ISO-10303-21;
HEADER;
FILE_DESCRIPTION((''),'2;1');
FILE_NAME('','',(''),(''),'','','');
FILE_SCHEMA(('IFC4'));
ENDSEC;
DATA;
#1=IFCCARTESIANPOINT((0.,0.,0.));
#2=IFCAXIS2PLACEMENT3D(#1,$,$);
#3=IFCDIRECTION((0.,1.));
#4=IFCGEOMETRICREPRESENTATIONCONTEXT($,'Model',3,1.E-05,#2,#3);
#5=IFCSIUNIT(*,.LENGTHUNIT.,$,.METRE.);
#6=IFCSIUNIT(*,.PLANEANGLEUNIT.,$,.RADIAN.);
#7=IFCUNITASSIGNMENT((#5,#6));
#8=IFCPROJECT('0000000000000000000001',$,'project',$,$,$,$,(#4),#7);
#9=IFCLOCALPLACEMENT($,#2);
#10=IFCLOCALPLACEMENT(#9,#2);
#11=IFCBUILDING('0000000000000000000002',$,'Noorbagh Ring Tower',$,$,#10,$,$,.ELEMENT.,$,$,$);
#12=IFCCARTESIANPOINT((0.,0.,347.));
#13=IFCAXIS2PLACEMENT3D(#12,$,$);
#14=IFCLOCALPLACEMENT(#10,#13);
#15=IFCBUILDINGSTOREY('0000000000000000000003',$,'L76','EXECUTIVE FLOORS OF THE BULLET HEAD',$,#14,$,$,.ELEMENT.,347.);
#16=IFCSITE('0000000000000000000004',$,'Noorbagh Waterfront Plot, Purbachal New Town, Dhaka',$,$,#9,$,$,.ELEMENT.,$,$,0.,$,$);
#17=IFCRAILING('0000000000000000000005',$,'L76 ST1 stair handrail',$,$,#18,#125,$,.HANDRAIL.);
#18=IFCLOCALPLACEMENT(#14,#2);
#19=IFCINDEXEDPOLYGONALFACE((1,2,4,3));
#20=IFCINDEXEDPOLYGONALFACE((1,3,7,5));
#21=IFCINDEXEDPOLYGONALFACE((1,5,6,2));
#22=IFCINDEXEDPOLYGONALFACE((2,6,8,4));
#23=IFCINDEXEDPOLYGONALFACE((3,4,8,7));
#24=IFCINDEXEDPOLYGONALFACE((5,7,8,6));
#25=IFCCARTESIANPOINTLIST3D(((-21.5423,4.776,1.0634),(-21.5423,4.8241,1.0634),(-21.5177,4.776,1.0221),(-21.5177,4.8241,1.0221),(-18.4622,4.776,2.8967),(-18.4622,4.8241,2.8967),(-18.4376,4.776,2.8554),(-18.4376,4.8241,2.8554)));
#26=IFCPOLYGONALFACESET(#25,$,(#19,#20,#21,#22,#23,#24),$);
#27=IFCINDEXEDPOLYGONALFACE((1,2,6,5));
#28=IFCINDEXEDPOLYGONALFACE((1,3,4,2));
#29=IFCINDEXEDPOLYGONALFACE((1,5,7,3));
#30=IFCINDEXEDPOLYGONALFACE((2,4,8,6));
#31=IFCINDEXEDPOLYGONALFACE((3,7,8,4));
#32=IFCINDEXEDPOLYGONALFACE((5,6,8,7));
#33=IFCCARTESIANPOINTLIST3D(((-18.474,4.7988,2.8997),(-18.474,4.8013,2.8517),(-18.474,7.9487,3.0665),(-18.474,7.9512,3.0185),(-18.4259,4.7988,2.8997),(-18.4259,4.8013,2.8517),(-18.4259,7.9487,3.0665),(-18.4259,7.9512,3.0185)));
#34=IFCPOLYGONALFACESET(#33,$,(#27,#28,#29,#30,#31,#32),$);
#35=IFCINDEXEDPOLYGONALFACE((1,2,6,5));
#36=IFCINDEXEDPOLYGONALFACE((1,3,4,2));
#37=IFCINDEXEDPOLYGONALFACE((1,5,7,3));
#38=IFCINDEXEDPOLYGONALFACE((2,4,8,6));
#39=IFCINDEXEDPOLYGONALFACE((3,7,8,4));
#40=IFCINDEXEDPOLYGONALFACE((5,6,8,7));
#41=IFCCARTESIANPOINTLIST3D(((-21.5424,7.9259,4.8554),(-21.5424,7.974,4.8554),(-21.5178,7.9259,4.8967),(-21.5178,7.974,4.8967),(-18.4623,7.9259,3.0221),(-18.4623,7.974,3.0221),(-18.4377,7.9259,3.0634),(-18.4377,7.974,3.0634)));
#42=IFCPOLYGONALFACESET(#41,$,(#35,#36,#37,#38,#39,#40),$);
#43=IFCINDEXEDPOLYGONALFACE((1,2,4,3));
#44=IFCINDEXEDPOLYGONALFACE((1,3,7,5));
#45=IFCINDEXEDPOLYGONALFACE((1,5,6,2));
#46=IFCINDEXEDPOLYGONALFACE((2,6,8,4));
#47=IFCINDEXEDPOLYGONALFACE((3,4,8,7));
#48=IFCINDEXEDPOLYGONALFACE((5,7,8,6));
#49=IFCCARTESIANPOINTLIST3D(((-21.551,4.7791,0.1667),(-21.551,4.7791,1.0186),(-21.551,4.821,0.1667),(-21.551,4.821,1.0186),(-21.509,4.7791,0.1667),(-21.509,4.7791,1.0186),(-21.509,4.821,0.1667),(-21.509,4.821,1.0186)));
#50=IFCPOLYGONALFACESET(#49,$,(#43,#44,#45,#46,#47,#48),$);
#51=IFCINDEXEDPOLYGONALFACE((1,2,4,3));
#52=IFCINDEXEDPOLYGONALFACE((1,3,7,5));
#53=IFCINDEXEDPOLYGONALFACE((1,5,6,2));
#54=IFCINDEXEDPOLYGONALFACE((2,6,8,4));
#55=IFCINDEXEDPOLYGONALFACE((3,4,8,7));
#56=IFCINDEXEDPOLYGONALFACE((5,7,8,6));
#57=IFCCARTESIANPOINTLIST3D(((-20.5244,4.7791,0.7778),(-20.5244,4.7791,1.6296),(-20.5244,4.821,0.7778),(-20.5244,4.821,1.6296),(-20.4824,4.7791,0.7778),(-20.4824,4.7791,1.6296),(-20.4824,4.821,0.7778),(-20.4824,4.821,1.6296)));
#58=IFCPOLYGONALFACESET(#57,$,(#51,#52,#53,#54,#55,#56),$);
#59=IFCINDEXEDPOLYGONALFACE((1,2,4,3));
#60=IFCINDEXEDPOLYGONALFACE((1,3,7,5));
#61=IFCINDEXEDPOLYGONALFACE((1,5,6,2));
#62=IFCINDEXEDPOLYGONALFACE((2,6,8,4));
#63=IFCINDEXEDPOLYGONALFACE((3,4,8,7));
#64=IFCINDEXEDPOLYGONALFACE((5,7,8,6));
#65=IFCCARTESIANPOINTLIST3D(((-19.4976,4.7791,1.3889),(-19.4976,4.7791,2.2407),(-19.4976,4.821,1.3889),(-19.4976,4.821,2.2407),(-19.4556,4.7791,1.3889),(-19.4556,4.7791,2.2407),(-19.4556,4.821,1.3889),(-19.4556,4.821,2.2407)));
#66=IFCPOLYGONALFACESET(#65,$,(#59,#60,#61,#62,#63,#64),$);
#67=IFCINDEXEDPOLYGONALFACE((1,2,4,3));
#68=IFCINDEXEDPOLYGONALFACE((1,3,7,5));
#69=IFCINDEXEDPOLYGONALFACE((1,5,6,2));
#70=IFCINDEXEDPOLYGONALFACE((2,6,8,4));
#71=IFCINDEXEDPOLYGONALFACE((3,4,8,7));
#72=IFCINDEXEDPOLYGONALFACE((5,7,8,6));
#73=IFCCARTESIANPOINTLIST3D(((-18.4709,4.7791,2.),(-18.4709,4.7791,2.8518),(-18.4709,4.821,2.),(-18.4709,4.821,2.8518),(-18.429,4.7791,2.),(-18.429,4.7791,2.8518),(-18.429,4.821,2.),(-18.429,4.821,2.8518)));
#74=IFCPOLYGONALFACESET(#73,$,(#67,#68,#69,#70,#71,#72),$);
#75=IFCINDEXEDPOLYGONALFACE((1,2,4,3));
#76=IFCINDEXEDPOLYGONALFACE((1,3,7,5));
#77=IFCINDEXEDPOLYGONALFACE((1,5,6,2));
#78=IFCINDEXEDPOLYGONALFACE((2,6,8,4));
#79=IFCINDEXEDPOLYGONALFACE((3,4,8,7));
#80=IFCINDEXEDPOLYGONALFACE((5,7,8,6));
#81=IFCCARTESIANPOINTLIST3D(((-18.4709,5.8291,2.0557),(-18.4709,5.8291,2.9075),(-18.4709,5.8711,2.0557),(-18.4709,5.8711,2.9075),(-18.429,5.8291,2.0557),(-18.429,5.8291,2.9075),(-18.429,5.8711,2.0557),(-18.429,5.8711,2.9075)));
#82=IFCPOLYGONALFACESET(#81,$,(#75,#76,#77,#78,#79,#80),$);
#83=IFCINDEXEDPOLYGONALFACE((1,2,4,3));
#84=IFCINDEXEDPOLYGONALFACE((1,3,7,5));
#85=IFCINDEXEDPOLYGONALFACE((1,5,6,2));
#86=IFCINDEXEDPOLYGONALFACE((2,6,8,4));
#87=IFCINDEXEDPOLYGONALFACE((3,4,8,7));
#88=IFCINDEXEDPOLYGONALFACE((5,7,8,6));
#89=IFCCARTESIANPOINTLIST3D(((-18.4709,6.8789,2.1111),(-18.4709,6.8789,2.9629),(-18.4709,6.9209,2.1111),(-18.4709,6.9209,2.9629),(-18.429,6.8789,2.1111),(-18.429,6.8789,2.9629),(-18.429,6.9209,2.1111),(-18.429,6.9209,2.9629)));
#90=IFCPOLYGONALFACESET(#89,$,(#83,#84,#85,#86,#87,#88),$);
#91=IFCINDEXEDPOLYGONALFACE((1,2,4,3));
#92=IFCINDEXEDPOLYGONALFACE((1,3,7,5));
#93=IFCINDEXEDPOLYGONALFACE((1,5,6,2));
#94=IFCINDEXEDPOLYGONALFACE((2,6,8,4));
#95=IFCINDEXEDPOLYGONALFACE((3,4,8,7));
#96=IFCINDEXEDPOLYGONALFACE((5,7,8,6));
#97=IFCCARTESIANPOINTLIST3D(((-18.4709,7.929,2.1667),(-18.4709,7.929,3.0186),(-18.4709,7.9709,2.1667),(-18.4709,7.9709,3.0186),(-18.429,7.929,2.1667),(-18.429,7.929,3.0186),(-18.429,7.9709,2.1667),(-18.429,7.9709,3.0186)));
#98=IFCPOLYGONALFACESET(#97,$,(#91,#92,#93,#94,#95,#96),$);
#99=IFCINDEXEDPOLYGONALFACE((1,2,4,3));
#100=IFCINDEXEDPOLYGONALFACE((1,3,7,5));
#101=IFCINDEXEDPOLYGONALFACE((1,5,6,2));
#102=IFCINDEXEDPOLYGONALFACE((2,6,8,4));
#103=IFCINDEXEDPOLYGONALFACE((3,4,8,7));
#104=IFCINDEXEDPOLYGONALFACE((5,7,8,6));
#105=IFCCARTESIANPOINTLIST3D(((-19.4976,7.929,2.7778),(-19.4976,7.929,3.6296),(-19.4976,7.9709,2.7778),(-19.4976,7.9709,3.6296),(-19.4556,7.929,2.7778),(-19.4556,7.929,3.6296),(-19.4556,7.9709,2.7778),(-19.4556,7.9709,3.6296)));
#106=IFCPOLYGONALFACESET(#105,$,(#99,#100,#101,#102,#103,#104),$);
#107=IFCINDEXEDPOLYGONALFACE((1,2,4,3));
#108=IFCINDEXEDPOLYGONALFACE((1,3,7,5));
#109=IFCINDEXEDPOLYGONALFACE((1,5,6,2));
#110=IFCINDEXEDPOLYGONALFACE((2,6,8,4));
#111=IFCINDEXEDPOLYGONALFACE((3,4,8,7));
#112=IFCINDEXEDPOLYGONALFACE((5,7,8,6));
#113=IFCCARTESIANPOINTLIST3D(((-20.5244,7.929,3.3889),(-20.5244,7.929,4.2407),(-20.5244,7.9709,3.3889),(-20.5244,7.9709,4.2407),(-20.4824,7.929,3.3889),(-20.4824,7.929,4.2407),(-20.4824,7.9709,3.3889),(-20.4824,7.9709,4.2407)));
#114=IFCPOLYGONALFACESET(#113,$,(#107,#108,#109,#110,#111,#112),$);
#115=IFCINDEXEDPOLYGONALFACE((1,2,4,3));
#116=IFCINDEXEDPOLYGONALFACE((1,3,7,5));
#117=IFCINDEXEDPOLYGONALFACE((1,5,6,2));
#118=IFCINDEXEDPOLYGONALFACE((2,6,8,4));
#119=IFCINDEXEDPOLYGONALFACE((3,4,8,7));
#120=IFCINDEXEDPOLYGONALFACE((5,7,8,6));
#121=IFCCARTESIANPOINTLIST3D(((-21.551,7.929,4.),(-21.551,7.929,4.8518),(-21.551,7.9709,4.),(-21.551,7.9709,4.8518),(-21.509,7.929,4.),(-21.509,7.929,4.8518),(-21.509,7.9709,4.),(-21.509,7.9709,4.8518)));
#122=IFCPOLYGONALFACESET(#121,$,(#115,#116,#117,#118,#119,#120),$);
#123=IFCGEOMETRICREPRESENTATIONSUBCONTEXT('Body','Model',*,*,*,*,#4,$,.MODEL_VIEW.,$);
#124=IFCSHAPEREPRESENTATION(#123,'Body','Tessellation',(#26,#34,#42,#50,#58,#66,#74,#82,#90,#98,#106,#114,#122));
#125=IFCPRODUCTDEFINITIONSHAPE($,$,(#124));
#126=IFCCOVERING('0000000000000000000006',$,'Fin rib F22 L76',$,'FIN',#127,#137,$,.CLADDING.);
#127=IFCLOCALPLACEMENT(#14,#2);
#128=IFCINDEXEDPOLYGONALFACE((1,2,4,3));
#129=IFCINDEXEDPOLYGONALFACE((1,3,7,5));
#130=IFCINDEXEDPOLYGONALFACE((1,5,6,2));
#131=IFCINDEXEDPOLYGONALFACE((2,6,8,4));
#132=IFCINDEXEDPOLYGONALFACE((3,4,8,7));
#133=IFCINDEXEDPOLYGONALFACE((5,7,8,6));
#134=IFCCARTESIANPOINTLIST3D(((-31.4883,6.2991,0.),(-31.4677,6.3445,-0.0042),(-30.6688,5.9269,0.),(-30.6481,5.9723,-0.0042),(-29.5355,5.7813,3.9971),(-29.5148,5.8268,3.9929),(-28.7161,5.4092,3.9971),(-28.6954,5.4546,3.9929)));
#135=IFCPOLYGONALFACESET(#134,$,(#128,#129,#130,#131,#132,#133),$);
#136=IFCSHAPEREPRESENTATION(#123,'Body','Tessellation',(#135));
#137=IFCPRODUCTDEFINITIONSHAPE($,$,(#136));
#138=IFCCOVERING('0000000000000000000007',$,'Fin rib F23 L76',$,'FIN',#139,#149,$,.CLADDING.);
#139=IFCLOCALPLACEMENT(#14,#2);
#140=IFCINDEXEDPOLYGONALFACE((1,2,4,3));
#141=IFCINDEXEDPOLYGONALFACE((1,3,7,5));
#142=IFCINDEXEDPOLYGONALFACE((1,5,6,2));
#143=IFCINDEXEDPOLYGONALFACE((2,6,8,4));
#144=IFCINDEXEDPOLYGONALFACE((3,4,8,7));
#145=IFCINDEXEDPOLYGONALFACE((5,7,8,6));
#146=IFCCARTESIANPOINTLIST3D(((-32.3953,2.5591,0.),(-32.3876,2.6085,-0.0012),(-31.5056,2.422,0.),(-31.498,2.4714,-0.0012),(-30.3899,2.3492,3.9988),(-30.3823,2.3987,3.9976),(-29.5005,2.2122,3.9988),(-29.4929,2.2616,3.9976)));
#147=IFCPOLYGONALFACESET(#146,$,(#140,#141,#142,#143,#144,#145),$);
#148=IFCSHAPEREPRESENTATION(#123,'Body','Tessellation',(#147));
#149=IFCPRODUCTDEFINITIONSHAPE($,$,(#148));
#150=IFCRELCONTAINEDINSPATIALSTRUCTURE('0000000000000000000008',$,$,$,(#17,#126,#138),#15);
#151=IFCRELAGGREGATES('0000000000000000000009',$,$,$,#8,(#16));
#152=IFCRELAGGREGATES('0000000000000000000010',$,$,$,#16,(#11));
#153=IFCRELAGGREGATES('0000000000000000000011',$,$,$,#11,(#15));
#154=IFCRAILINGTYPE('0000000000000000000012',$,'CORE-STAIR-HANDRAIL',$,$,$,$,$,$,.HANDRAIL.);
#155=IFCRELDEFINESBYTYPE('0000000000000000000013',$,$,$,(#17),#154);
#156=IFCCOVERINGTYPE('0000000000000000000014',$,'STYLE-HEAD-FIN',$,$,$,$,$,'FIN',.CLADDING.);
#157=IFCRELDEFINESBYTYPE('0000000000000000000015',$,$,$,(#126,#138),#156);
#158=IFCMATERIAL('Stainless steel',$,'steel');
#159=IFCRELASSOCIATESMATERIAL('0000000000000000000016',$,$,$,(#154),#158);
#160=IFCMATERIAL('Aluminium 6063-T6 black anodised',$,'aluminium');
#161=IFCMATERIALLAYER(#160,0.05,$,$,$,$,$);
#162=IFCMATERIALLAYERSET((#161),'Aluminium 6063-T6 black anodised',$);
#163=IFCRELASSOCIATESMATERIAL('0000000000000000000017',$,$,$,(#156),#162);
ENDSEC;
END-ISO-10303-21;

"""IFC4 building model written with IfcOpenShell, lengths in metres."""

from ifc_helpers import new_model, si_unit, direction, frame, origin, origin_2d, place, context, subcontext, project, spatial, polyline, rectangle, outline, extrude, material, layer, layer_set, type_object, element, save


model = new_model("IFC4")

# Units and contexts
model_context = context("Model", 3, precision=1e-05, world=origin(), true_north=direction((0.0, 1.0)))
body_context = subcontext(model_context, "Body", "Model", "MODEL_VIEW")
ifc_project = project(units=[si_unit("LENGTHUNIT", "METRE"), si_unit("PLANEANGLEUNIT", "RADIAN")], contexts=[model_context])

# Site, building, storey
site_placement = place(None, origin())
site = spatial("IfcSite", under=ifc_project, at=site_placement, Name="Noorbagh Waterfront Plot, Purbachal New Town, Dhaka", CompositionType="ELEMENT", RefElevation=0.0)
building_placement = place(site_placement, origin())
building = spatial("IfcBuilding", under=site, at=building_placement, Name="Noorbagh Ring Tower", CompositionType="ELEMENT")
storey_placement = place(building_placement, frame((0.0, 0.0, 347.0)))
storey = spatial("IfcBuildingStorey", under=building, at=storey_placement, Name="L76", Description="EXECUTIVE FLOORS OF THE BULLET HEAD", CompositionType="ELEMENT", Elevation=347.0)

# Railing
ifc_material_1 = material(Name="Stainless steel", Category="steel")
railing_type_1 = type_object("IfcRailingType", Name="CORE-STAIR-HANDRAIL", PredefinedType="HANDRAIL", material=ifc_material_1)
railing_1_placement = place(storey_placement, frame((-21.53, 4.8, 0.1667)))
element("IfcRailing", 1, at=railing_1_placement, inside=storey, type_object=railing_type_1, Name="L76 ST1 stair handrail", PredefinedType="HANDRAIL", context=body_context, shape_type="SweptSolid", body=[
    extrude(rectangle(XDim=0.0481, YDim=0.0481, at=origin_2d()), frame((0.0, 0.0, 0.876), z_axis=(0.859309, 0.0, 0.511458), x_axis=(0.0, 1.0, 0.0)), (0.0, 0.0, 1.0), 3.5845),
    extrude(rectangle(XDim=0.0481, YDim=0.0481, at=origin_2d()), frame((3.0801, 0.0, 2.709), z_axis=(0.0, 0.998602, 0.052864), x_axis=(-1.0, 0.0, 0.0)), (0.0, 0.0, 1.0), 3.1543),
    extrude(rectangle(XDim=0.0481, YDim=0.0481, at=origin_2d()), frame((3.0801, 3.1499, 2.876), z_axis=(-0.859309, 0.0, 0.511458), x_axis=(0.0, -1.0, 0.0)), (0.0, 0.0, 1.0), 3.5845),
    extrude(rectangle(XDim=0.042, YDim=0.042, at=origin_2d()), origin(), (0.0, 0.0, 1.0), 0.8518),
    extrude(rectangle(XDim=0.042, YDim=0.042, at=origin_2d()), frame((1.0266, 0.0, 0.6111)), (0.0, 0.0, 1.0), 0.8518),
    extrude(rectangle(XDim=0.042, YDim=0.042, at=origin_2d()), frame((2.0535, 0.0, 1.2222)), (0.0, 0.0, 1.0), 0.8518),
    extrude(rectangle(XDim=0.042, YDim=0.042, at=origin_2d()), frame((3.0801, 0.0, 1.8333)), (0.0, 0.0, 1.0), 0.8518),
    extrude(rectangle(XDim=0.042, YDim=0.042, at=origin_2d()), frame((3.0801, 1.05, 1.8889)), (0.0, 0.0, 1.0), 0.8518),
    extrude(rectangle(XDim=0.042, YDim=0.042, at=origin_2d()), frame((3.0801, 2.0999, 1.9443)), (0.0, 0.0, 1.0), 0.8518),
    extrude(rectangle(XDim=0.042, YDim=0.042, at=origin_2d()), frame((3.0801, 3.1499, 2.0)), (0.0, 0.0, 1.0), 0.8518),
    extrude(rectangle(XDim=0.042, YDim=0.042, at=origin_2d()), frame((2.0535, 3.1499, 2.6111)), (0.0, 0.0, 1.0), 0.8518),
    extrude(rectangle(XDim=0.042, YDim=0.042, at=origin_2d()), frame((1.0266, 3.1499, 3.2222)), (0.0, 0.0, 1.0), 0.8518),
    extrude(rectangle(XDim=0.042, YDim=0.042, at=origin_2d()), frame((0.0, 3.1499, 3.8333)), (0.0, 0.0, 1.0), 0.8518),
])

# Coverings
ifc_material_2 = material(Name="Aluminium 6063-T6 black anodised", Category="aluminium")
ifc_layer_1 = layer(ifc_material_2, 0.05)
ifc_layer_set_1 = layer_set([ifc_layer_1], Name="Aluminium 6063-T6 black anodised")
covering_type_1 = type_object("IfcCoveringType", Name="STYLE-HEAD-FIN", ElementType="FIN", PredefinedType="CLADDING", material=ifc_layer_set_1)
covering_1_placement = place(storey_placement, frame((-31.4883, 6.2991, 0.0), z_axis=(-0.412082, -0.907284, 0.08381), x_axis=(0.436029, -0.115599, 0.892477)))
element("IfcCovering", 2, at=covering_1_placement, inside=storey, type_object=covering_type_1, Name="Fin rib F22 L76", ObjectType="FIN", PredefinedType="CLADDING", context=body_context, shape_type="SweptSolid", body=[
    extrude(outline(polyline([(0.0, 0.0), (4.4786, 0.0), (4.8789, -0.806), (0.4004, -0.8061), (0.0, 0.0)])), origin(), (0.0, 0.0, -1.0), 0.05),
])
covering_2_placement = place(storey_placement, frame((-32.3953, 2.5591, 0.0), z_axis=(-0.152266, -0.988036, 0.024508), x_axis=(0.447786, -0.04686, 0.892912)))
element("IfcCovering", 3, at=covering_2_placement, inside=storey, type_object=covering_type_1, Name="Fin rib F23 L76", ObjectType="FIN", PredefinedType="CLADDING", context=body_context, shape_type="SweptSolid", body=[
    extrude(outline(polyline([(0.0, 0.0), (4.4784, 0.0), (4.8831, -0.8038), (0.4048, -0.804), (0.0, 0.0)])), origin(), (0.0, 0.0, -1.0), 0.05),
])

save(model, "model.ifc")
